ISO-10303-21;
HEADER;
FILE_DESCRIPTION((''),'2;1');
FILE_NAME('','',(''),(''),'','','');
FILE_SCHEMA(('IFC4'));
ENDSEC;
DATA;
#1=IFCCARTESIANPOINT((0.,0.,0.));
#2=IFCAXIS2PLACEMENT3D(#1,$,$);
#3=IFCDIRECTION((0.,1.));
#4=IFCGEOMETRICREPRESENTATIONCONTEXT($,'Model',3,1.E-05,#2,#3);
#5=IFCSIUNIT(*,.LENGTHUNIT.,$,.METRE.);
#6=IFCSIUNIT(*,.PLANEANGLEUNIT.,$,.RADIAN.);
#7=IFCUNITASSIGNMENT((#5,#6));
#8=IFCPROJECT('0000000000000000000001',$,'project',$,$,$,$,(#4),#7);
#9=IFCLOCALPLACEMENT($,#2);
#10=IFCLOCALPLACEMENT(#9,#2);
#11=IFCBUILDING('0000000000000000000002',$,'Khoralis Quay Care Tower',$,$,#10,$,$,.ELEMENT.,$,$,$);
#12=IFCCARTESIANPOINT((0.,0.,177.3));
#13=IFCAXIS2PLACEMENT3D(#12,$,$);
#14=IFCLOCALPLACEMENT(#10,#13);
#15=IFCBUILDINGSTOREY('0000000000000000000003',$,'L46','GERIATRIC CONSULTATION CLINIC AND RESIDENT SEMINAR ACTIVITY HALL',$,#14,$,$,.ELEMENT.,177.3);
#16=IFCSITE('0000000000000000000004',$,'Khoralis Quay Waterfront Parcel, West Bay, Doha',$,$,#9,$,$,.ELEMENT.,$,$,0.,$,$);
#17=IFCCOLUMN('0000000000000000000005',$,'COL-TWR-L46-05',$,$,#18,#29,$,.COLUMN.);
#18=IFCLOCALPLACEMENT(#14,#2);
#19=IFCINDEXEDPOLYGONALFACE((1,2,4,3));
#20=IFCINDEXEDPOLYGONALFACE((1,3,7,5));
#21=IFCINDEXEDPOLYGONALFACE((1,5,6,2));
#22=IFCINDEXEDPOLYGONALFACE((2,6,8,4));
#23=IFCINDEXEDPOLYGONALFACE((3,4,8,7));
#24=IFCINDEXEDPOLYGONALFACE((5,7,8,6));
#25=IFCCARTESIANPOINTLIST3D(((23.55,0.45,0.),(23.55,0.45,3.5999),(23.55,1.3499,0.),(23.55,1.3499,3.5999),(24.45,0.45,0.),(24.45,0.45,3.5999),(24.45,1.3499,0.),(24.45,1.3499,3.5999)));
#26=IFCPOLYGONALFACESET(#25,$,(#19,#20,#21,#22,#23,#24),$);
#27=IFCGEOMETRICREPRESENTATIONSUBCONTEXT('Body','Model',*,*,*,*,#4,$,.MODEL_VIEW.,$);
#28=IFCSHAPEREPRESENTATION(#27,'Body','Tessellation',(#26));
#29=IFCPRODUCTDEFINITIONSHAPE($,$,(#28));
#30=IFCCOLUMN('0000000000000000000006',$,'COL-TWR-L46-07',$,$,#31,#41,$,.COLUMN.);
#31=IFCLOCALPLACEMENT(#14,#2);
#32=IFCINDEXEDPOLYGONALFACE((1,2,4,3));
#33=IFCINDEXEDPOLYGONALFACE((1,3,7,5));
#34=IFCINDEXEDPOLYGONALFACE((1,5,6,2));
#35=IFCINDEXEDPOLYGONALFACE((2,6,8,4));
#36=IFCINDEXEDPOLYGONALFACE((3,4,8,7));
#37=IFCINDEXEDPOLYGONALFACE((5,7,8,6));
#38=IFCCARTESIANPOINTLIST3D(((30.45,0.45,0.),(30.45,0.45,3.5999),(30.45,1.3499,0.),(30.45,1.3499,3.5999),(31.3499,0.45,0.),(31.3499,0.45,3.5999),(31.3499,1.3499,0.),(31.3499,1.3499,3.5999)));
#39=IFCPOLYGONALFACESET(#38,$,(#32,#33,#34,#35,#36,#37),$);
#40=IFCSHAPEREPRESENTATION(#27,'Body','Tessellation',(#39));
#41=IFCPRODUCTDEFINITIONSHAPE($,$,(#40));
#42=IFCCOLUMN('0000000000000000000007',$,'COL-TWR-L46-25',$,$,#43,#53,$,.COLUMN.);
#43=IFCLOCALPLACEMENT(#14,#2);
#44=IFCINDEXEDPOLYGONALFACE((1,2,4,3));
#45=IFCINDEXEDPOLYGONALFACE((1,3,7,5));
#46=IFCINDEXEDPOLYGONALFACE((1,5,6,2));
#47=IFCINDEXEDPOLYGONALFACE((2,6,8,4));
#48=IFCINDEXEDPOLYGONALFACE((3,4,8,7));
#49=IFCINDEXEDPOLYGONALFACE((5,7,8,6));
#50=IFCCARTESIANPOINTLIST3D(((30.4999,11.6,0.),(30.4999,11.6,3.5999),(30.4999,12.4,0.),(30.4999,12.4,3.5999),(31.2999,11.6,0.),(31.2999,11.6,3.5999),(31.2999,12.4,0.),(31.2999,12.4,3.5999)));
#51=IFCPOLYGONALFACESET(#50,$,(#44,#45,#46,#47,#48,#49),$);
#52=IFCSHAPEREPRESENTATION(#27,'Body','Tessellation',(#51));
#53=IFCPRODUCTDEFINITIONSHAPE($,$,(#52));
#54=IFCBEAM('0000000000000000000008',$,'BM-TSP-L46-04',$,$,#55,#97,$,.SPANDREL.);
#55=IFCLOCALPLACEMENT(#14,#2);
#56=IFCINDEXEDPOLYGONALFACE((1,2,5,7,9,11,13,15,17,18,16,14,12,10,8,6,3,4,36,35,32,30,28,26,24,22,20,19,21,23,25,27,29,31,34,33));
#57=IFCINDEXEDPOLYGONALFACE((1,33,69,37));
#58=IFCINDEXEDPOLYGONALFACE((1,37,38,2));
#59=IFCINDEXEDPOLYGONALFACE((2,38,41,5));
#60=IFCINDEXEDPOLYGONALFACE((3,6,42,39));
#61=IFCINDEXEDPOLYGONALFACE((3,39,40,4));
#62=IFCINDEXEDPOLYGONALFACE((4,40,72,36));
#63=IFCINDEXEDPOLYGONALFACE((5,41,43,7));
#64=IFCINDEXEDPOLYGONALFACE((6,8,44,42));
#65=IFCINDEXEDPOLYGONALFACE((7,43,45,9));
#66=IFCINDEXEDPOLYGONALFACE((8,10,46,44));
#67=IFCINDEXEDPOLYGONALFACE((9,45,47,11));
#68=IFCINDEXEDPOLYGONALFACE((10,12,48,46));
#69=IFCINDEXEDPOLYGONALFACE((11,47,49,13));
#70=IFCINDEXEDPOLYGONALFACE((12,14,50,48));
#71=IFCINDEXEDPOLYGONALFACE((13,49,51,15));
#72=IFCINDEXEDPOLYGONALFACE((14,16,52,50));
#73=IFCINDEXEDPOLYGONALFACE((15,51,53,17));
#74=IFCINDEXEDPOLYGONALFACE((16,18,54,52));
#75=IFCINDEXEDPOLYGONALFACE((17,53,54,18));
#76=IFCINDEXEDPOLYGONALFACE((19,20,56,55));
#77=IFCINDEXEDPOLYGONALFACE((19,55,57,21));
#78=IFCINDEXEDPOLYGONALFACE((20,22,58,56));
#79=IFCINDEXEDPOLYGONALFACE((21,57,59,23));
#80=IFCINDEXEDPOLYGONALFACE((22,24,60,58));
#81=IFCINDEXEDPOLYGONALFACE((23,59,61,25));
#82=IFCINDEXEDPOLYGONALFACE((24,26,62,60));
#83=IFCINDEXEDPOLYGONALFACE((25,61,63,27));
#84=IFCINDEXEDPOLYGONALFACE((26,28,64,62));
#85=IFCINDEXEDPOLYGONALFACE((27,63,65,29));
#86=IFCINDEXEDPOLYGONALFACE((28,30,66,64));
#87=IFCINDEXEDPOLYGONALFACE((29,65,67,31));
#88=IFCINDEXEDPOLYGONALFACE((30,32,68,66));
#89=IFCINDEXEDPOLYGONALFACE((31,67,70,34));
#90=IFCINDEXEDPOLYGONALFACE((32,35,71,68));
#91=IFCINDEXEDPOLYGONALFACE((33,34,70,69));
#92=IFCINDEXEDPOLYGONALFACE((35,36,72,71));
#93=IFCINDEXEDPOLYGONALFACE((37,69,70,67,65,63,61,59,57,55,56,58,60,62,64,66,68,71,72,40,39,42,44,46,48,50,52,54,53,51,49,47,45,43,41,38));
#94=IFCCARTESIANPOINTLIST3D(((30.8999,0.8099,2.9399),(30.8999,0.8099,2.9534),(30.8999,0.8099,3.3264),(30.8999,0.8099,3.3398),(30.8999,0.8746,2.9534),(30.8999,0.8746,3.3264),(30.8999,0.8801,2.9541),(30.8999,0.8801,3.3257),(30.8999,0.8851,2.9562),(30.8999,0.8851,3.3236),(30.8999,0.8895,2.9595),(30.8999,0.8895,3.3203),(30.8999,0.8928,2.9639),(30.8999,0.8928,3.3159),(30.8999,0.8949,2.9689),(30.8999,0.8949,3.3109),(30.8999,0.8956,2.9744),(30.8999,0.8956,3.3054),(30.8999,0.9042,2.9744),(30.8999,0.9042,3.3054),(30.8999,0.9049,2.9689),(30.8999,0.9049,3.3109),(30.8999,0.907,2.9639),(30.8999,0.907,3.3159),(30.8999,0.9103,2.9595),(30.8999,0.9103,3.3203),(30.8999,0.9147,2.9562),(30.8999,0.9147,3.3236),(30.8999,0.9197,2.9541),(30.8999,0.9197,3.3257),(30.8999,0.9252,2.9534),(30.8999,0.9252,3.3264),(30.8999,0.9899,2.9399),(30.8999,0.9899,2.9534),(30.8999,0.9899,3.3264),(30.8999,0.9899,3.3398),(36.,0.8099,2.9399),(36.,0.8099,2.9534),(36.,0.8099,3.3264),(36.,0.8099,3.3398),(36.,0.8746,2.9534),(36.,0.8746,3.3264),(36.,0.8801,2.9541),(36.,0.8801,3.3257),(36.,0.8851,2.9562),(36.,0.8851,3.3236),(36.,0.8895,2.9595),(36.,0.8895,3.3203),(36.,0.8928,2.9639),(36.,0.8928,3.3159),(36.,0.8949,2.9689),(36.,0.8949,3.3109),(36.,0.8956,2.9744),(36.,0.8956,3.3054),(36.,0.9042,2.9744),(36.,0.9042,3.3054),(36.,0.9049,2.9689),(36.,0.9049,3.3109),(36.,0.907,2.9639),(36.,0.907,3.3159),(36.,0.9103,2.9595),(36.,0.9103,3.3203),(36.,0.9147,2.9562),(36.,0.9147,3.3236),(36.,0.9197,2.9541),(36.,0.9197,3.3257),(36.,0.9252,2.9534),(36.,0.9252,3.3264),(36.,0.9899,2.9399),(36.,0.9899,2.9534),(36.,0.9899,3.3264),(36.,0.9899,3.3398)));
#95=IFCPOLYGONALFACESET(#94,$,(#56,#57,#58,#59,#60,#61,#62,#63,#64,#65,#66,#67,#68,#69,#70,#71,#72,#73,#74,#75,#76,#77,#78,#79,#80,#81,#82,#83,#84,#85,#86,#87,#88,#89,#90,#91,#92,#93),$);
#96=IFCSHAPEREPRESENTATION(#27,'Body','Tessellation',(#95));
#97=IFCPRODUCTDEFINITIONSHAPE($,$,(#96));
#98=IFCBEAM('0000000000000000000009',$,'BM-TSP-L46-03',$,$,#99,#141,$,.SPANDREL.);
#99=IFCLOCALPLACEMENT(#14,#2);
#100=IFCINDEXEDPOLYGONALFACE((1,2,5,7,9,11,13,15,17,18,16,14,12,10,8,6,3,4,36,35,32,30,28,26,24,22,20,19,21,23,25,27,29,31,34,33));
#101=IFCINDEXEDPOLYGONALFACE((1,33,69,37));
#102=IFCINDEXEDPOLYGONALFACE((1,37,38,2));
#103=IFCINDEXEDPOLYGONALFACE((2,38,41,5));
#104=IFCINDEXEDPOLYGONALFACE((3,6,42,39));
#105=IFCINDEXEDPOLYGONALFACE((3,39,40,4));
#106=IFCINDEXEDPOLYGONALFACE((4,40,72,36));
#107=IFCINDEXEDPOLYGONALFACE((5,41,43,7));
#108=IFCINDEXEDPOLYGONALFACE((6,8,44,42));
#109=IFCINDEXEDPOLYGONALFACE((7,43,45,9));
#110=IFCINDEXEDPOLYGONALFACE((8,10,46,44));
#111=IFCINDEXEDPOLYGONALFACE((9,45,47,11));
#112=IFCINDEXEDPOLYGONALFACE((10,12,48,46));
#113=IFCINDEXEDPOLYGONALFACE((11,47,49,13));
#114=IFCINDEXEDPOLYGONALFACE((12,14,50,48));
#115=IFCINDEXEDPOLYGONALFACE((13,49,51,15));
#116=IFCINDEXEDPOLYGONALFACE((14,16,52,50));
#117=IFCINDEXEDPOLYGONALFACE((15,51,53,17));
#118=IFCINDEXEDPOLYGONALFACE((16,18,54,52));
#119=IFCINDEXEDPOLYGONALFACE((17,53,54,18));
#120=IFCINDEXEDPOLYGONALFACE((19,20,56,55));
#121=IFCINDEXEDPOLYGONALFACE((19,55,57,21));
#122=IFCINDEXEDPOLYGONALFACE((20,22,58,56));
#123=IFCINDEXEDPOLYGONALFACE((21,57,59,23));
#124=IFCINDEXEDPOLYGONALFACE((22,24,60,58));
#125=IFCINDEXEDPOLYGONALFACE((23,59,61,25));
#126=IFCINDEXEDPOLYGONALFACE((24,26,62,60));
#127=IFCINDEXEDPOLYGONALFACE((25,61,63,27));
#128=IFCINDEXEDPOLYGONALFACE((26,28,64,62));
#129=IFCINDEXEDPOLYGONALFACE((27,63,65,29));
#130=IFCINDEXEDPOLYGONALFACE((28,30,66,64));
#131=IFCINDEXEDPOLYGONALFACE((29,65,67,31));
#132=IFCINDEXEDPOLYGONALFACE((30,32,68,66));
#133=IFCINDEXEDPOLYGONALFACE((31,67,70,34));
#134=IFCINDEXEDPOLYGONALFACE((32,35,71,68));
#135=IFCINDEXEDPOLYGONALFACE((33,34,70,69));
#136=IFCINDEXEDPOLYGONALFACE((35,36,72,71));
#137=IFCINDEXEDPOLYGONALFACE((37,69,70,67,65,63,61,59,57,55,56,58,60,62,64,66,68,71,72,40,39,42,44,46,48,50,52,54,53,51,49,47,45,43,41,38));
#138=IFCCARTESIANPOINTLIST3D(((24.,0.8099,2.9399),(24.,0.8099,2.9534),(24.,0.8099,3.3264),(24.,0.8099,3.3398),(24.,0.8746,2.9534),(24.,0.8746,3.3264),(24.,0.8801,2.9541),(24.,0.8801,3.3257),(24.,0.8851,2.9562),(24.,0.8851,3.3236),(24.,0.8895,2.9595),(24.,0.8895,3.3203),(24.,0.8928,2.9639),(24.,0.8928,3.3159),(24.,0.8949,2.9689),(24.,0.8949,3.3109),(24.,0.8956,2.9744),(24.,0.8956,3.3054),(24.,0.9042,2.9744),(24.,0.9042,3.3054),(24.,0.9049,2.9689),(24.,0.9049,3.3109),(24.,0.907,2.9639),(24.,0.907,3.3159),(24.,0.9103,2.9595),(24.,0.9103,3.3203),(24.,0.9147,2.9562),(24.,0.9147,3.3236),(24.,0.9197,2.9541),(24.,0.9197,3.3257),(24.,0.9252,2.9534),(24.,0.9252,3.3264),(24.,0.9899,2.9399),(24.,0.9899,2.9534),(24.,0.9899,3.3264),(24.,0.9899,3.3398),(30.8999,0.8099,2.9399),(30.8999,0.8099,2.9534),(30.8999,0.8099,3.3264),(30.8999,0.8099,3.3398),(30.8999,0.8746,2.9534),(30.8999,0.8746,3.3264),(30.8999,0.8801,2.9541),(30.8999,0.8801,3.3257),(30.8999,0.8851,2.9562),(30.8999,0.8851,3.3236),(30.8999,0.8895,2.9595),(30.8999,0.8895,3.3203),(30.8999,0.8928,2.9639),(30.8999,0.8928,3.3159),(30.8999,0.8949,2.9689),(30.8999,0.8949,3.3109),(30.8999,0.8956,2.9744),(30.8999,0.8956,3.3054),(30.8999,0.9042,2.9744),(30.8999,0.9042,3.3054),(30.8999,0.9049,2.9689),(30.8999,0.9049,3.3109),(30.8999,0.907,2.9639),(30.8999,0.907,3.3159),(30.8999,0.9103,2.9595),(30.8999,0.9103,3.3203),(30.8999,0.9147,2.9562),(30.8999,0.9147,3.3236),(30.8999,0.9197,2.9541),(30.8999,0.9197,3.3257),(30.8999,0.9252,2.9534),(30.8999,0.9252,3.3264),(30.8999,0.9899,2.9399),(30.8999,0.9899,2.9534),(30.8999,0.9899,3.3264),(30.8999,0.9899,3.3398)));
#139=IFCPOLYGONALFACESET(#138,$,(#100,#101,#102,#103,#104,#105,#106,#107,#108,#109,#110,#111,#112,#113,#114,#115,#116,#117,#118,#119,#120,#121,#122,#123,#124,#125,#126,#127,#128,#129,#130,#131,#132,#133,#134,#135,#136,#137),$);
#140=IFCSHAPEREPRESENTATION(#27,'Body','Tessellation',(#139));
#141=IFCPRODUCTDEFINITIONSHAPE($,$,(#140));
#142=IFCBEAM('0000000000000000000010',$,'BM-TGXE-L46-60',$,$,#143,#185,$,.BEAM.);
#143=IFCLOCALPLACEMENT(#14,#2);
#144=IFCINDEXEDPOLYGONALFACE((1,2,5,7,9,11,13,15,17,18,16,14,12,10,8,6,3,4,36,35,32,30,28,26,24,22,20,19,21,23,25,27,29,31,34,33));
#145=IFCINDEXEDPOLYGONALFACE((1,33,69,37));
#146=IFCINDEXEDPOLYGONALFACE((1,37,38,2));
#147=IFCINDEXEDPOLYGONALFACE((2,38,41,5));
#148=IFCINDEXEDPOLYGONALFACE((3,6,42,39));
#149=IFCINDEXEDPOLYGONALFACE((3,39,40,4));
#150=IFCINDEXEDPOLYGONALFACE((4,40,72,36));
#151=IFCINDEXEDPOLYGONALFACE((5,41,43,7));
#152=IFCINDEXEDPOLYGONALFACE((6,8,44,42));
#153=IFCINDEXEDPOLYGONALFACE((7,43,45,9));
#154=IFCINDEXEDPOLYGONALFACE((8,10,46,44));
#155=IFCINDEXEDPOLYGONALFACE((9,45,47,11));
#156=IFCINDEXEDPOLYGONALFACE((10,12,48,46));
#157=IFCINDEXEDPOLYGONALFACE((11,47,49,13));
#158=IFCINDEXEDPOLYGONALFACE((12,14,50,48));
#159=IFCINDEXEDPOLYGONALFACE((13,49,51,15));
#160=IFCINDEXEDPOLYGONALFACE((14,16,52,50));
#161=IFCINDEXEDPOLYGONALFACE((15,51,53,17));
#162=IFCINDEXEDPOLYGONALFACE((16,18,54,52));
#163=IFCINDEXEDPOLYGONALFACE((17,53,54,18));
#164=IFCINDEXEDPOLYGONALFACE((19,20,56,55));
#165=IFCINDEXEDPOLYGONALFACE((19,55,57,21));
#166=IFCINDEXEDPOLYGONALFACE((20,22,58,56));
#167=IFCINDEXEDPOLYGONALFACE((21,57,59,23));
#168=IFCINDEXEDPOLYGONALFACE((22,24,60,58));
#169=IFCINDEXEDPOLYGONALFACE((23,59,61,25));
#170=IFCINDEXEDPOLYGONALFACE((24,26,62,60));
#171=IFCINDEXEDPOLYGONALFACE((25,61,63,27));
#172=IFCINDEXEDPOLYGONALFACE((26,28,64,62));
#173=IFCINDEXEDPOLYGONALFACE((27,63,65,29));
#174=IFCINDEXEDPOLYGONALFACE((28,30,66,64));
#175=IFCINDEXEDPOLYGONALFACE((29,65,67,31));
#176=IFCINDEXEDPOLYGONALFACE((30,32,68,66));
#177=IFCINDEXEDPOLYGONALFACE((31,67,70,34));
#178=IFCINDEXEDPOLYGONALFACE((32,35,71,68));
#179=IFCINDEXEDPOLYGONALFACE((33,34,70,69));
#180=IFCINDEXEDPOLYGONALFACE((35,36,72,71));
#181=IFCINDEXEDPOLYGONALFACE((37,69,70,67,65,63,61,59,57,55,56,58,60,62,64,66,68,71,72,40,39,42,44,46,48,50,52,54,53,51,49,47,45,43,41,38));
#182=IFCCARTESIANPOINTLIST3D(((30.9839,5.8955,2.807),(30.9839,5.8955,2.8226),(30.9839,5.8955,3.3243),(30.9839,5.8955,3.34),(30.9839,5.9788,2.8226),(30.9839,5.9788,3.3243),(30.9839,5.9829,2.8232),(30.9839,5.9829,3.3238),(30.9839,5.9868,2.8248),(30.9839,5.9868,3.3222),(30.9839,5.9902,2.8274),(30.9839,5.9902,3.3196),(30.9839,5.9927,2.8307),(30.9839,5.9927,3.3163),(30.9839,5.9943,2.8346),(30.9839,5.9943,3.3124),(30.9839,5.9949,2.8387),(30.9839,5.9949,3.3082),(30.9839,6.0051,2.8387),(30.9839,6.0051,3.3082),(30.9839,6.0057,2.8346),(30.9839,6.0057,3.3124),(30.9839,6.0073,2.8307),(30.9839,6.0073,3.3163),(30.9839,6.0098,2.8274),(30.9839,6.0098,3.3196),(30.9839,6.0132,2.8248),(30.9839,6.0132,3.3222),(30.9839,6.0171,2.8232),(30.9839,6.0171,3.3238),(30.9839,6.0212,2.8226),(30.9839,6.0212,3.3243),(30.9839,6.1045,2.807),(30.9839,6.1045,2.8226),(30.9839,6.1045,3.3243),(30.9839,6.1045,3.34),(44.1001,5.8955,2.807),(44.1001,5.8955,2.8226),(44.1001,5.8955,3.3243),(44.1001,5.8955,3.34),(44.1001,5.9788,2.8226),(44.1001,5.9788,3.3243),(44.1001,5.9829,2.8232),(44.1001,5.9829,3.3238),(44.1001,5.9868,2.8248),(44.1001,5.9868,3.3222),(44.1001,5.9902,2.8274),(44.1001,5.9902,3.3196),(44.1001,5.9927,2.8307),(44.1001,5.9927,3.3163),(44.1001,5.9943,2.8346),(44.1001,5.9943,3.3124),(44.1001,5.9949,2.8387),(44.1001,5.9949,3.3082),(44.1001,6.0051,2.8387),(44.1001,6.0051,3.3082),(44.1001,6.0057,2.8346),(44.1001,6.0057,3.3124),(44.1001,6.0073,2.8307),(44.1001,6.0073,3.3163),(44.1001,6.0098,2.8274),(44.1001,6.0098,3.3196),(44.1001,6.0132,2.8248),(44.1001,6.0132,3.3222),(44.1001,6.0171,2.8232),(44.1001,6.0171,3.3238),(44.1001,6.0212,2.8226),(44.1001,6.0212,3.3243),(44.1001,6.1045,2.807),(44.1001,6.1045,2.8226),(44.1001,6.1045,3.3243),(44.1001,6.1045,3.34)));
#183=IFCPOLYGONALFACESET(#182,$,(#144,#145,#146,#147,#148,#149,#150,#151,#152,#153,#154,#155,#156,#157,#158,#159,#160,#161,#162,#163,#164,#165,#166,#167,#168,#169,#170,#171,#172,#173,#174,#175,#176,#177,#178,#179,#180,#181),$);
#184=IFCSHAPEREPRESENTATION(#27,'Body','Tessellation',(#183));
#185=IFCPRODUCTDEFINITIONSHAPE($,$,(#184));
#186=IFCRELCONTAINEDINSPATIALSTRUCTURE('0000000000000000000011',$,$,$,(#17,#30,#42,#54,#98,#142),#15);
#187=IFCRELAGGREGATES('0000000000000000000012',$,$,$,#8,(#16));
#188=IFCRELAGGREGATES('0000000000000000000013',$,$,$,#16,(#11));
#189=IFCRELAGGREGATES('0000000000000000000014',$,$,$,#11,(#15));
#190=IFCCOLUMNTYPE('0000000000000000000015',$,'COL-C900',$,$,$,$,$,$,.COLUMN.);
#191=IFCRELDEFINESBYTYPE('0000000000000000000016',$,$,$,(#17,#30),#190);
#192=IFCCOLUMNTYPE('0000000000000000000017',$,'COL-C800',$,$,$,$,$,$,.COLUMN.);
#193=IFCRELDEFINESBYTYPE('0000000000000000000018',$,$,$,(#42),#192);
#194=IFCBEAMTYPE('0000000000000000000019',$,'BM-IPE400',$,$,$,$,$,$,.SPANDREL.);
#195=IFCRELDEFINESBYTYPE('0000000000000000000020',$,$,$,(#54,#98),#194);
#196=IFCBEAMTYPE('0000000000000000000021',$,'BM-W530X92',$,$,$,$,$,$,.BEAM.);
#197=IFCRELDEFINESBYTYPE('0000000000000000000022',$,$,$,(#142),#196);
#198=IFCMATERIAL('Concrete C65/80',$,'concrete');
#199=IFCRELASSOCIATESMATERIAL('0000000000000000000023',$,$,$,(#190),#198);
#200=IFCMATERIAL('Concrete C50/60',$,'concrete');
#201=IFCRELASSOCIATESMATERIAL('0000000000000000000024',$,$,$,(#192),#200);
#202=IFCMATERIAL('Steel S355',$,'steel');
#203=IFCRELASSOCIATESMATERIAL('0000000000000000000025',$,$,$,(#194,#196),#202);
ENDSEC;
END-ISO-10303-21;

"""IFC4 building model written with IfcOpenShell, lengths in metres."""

from ifc_helpers import new_model, si_unit, direction, frame, origin, origin_2d, place, context, subcontext, project, spatial, rectangle, i_section, extrude, source, transform, mapped, material, material_profile, profile_set, type_object, element, save


model = new_model("IFC4")

# Units and contexts
model_context = context("Model", 3, precision=1e-05, world=origin(), true_north=direction((0.0, 1.0)))
body_context = subcontext(model_context, "Body", "Model", "MODEL_VIEW")
ifc_project = project(units=[si_unit("LENGTHUNIT", "METRE"), si_unit("PLANEANGLEUNIT", "RADIAN")], contexts=[model_context])

# Site, building, storey
site_placement = place(None, origin())
site = spatial("IfcSite", under=ifc_project, at=site_placement, Name="Khoralis Quay Waterfront Parcel, West Bay, Doha", CompositionType="ELEMENT", RefElevation=0.0)
building_placement = place(site_placement, origin())
building = spatial("IfcBuilding", under=site, at=building_placement, Name="Khoralis Quay Care Tower", CompositionType="ELEMENT")
storey_placement = place(building_placement, frame((0.0, 0.0, 177.3)))
storey = spatial("IfcBuildingStorey", under=building, at=storey_placement, Name="L46", Description="GERIATRIC CONSULTATION CLINIC AND RESIDENT SEMINAR ACTIVITY HALL", CompositionType="ELEMENT", Elevation=177.3)

# Columns
ifc_material_1 = material(Name="Concrete C65/80", Category="concrete")
ifc_material_profile_1 = material_profile(ifc_material_1, rectangle(XDim=0.8999, YDim=0.8999, at=origin_2d()), Name="Concrete C65/80")
ifc_profile_set_1 = profile_set([ifc_material_profile_1], Name="Concrete C65/80")
column_type_1 = type_object("IfcColumnType", Name="COL-C900", PredefinedType="COLUMN", material=ifc_profile_set_1)
shared_shape_1 = source(origin(), body_context, "Body", "SweptSolid", [
    extrude(rectangle(XDim=0.8999, YDim=0.8999, at=origin_2d()), origin(), (0.0, 0.0, 1.0), 3.5999),
])
for number, where, z_axis, x_axis, name in (
    (1, (24.0, 0.8999, 0.0), (0.0, 0.0, 1.0), (1.0, 0.0, 0.0), "COL-TWR-L46-05"),
    (2, (30.8999, 0.8999, 0.0), (0.0, 0.0, 1.0), (1.0, 0.0, 0.0), "COL-TWR-L46-07"),
):
    element("IfcColumn", number, at=place(storey_placement, frame(where, z_axis=z_axis, x_axis=x_axis)), inside=storey, type_object=column_type_1, Name=name, PredefinedType="COLUMN", context=body_context, shape_type="MappedRepresentation", body=[
        mapped(shared_shape_1, transform((0.0, 0.0, 0.0), scale=1.0)),
    ])
ifc_material_2 = material(Name="Concrete C50/60", Category="concrete")
ifc_material_profile_2 = material_profile(ifc_material_2, rectangle(XDim=0.8, YDim=0.8, at=origin_2d()), Name="Concrete C50/60")
ifc_profile_set_2 = profile_set([ifc_material_profile_2], Name="Concrete C50/60")
column_type_2 = type_object("IfcColumnType", Name="COL-C800", PredefinedType="COLUMN", material=ifc_profile_set_2)
shared_shape_2 = source(origin(), body_context, "Body", "SweptSolid", [
    extrude(rectangle(XDim=0.8, YDim=0.8, at=origin_2d()), origin(), (0.0, 0.0, 1.0), 3.5999),
])
column_placement = place(storey_placement, frame((30.8999, 12.0, 0.0), z_axis=(0.0, 0.0, 1.0), x_axis=(1.0, 0.0, 0.0)))
element("IfcColumn", 3, at=column_placement, inside=storey, type_object=column_type_2, Name="COL-TWR-L46-25", PredefinedType="COLUMN", context=body_context, shape_type="MappedRepresentation", body=[
    mapped(shared_shape_2, transform((0.0, 0.0, 0.0), scale=1.0)),
])

# Beams
ifc_material_3 = material(Name="Steel S355", Category="steel")
ifc_material_profile_3 = material_profile(ifc_material_3, i_section(OverallWidth=0.1799, OverallDepth=0.3999, WebThickness=0.0085, FlangeThickness=0.0134, FilletRadius=0.021, at=origin_2d()), Name="Steel S355")
ifc_profile_set_3 = profile_set([ifc_material_profile_3], Name="Steel S355")
beam_type_1 = type_object("IfcBeamType", Name="BM-IPE400", PredefinedType="SPANDREL", material=ifc_profile_set_3)
shared_shape_3 = source(origin(), body_context, "Body", "SweptSolid", [
    extrude(i_section(OverallWidth=0.1799, OverallDepth=0.3999, WebThickness=0.0085, FlangeThickness=0.0134, FilletRadius=0.021, at=origin_2d()), origin(), (0.0, 0.0, 1.0), 5.1001),
])
beam_1_placement = place(storey_placement, frame((30.8999, 0.8999, 3.1399), z_axis=(1.0, 0.0, 0.0), x_axis=(0.0, 1.0, 0.0)))
element("IfcBeam", 4, at=beam_1_placement, inside=storey, type_object=beam_type_1, Name="BM-TSP-L46-04", PredefinedType="SPANDREL", context=body_context, shape_type="MappedRepresentation", body=[
    mapped(shared_shape_3, transform((0.0, 0.0, 0.0), scale=1.0)),
])
shared_shape_4 = source(origin(), body_context, "Body", "SweptSolid", [
    extrude(i_section(OverallWidth=0.1799, OverallDepth=0.3999, WebThickness=0.0085, FlangeThickness=0.0134, FilletRadius=0.021, at=origin_2d()), origin(), (0.0, 0.0, 1.0), 6.8999),
])
beam_2_placement = place(storey_placement, frame((24.0, 0.8999, 3.1399), z_axis=(1.0, 0.0, 0.0), x_axis=(0.0, 1.0, 0.0)))
element("IfcBeam", 5, at=beam_2_placement, inside=storey, type_object=beam_type_1, Name="BM-TSP-L46-03", PredefinedType="SPANDREL", context=body_context, shape_type="MappedRepresentation", body=[
    mapped(shared_shape_4, transform((0.0, 0.0, 0.0), scale=1.0)),
])
ifc_material_profile_4 = material_profile(ifc_material_3, i_section(OverallWidth=0.209, OverallDepth=0.533, WebThickness=0.0103, FlangeThickness=0.0156, FilletRadius=0.0161, at=origin_2d()), Name="Steel S355")
ifc_profile_set_4 = profile_set([ifc_material_profile_4], Name="Steel S355")
beam_type_2 = type_object("IfcBeamType", Name="BM-W530X92", PredefinedType="BEAM", material=ifc_profile_set_4)
shared_shape_5 = source(origin(), body_context, "Body", "SweptSolid", [
    extrude(i_section(OverallWidth=0.209, OverallDepth=0.533, WebThickness=0.0103, FlangeThickness=0.0156, FilletRadius=0.0161, at=origin_2d()), origin(), (0.0, 0.0, 1.0), 13.1162),
])
beam_3_placement = place(storey_placement, frame((30.9839, 6.0, 3.0735), z_axis=(1.0, 0.0, 0.0), x_axis=(0.0, 1.0, 0.0)))
element("IfcBeam", 6, at=beam_3_placement, inside=storey, type_object=beam_type_2, Name="BM-TGXE-L46-60", PredefinedType="BEAM", context=body_context, shape_type="MappedRepresentation", body=[
    mapped(shared_shape_5, transform((0.0, 0.0, 0.0), scale=1.0)),
])

save(model, "model.ifc")
